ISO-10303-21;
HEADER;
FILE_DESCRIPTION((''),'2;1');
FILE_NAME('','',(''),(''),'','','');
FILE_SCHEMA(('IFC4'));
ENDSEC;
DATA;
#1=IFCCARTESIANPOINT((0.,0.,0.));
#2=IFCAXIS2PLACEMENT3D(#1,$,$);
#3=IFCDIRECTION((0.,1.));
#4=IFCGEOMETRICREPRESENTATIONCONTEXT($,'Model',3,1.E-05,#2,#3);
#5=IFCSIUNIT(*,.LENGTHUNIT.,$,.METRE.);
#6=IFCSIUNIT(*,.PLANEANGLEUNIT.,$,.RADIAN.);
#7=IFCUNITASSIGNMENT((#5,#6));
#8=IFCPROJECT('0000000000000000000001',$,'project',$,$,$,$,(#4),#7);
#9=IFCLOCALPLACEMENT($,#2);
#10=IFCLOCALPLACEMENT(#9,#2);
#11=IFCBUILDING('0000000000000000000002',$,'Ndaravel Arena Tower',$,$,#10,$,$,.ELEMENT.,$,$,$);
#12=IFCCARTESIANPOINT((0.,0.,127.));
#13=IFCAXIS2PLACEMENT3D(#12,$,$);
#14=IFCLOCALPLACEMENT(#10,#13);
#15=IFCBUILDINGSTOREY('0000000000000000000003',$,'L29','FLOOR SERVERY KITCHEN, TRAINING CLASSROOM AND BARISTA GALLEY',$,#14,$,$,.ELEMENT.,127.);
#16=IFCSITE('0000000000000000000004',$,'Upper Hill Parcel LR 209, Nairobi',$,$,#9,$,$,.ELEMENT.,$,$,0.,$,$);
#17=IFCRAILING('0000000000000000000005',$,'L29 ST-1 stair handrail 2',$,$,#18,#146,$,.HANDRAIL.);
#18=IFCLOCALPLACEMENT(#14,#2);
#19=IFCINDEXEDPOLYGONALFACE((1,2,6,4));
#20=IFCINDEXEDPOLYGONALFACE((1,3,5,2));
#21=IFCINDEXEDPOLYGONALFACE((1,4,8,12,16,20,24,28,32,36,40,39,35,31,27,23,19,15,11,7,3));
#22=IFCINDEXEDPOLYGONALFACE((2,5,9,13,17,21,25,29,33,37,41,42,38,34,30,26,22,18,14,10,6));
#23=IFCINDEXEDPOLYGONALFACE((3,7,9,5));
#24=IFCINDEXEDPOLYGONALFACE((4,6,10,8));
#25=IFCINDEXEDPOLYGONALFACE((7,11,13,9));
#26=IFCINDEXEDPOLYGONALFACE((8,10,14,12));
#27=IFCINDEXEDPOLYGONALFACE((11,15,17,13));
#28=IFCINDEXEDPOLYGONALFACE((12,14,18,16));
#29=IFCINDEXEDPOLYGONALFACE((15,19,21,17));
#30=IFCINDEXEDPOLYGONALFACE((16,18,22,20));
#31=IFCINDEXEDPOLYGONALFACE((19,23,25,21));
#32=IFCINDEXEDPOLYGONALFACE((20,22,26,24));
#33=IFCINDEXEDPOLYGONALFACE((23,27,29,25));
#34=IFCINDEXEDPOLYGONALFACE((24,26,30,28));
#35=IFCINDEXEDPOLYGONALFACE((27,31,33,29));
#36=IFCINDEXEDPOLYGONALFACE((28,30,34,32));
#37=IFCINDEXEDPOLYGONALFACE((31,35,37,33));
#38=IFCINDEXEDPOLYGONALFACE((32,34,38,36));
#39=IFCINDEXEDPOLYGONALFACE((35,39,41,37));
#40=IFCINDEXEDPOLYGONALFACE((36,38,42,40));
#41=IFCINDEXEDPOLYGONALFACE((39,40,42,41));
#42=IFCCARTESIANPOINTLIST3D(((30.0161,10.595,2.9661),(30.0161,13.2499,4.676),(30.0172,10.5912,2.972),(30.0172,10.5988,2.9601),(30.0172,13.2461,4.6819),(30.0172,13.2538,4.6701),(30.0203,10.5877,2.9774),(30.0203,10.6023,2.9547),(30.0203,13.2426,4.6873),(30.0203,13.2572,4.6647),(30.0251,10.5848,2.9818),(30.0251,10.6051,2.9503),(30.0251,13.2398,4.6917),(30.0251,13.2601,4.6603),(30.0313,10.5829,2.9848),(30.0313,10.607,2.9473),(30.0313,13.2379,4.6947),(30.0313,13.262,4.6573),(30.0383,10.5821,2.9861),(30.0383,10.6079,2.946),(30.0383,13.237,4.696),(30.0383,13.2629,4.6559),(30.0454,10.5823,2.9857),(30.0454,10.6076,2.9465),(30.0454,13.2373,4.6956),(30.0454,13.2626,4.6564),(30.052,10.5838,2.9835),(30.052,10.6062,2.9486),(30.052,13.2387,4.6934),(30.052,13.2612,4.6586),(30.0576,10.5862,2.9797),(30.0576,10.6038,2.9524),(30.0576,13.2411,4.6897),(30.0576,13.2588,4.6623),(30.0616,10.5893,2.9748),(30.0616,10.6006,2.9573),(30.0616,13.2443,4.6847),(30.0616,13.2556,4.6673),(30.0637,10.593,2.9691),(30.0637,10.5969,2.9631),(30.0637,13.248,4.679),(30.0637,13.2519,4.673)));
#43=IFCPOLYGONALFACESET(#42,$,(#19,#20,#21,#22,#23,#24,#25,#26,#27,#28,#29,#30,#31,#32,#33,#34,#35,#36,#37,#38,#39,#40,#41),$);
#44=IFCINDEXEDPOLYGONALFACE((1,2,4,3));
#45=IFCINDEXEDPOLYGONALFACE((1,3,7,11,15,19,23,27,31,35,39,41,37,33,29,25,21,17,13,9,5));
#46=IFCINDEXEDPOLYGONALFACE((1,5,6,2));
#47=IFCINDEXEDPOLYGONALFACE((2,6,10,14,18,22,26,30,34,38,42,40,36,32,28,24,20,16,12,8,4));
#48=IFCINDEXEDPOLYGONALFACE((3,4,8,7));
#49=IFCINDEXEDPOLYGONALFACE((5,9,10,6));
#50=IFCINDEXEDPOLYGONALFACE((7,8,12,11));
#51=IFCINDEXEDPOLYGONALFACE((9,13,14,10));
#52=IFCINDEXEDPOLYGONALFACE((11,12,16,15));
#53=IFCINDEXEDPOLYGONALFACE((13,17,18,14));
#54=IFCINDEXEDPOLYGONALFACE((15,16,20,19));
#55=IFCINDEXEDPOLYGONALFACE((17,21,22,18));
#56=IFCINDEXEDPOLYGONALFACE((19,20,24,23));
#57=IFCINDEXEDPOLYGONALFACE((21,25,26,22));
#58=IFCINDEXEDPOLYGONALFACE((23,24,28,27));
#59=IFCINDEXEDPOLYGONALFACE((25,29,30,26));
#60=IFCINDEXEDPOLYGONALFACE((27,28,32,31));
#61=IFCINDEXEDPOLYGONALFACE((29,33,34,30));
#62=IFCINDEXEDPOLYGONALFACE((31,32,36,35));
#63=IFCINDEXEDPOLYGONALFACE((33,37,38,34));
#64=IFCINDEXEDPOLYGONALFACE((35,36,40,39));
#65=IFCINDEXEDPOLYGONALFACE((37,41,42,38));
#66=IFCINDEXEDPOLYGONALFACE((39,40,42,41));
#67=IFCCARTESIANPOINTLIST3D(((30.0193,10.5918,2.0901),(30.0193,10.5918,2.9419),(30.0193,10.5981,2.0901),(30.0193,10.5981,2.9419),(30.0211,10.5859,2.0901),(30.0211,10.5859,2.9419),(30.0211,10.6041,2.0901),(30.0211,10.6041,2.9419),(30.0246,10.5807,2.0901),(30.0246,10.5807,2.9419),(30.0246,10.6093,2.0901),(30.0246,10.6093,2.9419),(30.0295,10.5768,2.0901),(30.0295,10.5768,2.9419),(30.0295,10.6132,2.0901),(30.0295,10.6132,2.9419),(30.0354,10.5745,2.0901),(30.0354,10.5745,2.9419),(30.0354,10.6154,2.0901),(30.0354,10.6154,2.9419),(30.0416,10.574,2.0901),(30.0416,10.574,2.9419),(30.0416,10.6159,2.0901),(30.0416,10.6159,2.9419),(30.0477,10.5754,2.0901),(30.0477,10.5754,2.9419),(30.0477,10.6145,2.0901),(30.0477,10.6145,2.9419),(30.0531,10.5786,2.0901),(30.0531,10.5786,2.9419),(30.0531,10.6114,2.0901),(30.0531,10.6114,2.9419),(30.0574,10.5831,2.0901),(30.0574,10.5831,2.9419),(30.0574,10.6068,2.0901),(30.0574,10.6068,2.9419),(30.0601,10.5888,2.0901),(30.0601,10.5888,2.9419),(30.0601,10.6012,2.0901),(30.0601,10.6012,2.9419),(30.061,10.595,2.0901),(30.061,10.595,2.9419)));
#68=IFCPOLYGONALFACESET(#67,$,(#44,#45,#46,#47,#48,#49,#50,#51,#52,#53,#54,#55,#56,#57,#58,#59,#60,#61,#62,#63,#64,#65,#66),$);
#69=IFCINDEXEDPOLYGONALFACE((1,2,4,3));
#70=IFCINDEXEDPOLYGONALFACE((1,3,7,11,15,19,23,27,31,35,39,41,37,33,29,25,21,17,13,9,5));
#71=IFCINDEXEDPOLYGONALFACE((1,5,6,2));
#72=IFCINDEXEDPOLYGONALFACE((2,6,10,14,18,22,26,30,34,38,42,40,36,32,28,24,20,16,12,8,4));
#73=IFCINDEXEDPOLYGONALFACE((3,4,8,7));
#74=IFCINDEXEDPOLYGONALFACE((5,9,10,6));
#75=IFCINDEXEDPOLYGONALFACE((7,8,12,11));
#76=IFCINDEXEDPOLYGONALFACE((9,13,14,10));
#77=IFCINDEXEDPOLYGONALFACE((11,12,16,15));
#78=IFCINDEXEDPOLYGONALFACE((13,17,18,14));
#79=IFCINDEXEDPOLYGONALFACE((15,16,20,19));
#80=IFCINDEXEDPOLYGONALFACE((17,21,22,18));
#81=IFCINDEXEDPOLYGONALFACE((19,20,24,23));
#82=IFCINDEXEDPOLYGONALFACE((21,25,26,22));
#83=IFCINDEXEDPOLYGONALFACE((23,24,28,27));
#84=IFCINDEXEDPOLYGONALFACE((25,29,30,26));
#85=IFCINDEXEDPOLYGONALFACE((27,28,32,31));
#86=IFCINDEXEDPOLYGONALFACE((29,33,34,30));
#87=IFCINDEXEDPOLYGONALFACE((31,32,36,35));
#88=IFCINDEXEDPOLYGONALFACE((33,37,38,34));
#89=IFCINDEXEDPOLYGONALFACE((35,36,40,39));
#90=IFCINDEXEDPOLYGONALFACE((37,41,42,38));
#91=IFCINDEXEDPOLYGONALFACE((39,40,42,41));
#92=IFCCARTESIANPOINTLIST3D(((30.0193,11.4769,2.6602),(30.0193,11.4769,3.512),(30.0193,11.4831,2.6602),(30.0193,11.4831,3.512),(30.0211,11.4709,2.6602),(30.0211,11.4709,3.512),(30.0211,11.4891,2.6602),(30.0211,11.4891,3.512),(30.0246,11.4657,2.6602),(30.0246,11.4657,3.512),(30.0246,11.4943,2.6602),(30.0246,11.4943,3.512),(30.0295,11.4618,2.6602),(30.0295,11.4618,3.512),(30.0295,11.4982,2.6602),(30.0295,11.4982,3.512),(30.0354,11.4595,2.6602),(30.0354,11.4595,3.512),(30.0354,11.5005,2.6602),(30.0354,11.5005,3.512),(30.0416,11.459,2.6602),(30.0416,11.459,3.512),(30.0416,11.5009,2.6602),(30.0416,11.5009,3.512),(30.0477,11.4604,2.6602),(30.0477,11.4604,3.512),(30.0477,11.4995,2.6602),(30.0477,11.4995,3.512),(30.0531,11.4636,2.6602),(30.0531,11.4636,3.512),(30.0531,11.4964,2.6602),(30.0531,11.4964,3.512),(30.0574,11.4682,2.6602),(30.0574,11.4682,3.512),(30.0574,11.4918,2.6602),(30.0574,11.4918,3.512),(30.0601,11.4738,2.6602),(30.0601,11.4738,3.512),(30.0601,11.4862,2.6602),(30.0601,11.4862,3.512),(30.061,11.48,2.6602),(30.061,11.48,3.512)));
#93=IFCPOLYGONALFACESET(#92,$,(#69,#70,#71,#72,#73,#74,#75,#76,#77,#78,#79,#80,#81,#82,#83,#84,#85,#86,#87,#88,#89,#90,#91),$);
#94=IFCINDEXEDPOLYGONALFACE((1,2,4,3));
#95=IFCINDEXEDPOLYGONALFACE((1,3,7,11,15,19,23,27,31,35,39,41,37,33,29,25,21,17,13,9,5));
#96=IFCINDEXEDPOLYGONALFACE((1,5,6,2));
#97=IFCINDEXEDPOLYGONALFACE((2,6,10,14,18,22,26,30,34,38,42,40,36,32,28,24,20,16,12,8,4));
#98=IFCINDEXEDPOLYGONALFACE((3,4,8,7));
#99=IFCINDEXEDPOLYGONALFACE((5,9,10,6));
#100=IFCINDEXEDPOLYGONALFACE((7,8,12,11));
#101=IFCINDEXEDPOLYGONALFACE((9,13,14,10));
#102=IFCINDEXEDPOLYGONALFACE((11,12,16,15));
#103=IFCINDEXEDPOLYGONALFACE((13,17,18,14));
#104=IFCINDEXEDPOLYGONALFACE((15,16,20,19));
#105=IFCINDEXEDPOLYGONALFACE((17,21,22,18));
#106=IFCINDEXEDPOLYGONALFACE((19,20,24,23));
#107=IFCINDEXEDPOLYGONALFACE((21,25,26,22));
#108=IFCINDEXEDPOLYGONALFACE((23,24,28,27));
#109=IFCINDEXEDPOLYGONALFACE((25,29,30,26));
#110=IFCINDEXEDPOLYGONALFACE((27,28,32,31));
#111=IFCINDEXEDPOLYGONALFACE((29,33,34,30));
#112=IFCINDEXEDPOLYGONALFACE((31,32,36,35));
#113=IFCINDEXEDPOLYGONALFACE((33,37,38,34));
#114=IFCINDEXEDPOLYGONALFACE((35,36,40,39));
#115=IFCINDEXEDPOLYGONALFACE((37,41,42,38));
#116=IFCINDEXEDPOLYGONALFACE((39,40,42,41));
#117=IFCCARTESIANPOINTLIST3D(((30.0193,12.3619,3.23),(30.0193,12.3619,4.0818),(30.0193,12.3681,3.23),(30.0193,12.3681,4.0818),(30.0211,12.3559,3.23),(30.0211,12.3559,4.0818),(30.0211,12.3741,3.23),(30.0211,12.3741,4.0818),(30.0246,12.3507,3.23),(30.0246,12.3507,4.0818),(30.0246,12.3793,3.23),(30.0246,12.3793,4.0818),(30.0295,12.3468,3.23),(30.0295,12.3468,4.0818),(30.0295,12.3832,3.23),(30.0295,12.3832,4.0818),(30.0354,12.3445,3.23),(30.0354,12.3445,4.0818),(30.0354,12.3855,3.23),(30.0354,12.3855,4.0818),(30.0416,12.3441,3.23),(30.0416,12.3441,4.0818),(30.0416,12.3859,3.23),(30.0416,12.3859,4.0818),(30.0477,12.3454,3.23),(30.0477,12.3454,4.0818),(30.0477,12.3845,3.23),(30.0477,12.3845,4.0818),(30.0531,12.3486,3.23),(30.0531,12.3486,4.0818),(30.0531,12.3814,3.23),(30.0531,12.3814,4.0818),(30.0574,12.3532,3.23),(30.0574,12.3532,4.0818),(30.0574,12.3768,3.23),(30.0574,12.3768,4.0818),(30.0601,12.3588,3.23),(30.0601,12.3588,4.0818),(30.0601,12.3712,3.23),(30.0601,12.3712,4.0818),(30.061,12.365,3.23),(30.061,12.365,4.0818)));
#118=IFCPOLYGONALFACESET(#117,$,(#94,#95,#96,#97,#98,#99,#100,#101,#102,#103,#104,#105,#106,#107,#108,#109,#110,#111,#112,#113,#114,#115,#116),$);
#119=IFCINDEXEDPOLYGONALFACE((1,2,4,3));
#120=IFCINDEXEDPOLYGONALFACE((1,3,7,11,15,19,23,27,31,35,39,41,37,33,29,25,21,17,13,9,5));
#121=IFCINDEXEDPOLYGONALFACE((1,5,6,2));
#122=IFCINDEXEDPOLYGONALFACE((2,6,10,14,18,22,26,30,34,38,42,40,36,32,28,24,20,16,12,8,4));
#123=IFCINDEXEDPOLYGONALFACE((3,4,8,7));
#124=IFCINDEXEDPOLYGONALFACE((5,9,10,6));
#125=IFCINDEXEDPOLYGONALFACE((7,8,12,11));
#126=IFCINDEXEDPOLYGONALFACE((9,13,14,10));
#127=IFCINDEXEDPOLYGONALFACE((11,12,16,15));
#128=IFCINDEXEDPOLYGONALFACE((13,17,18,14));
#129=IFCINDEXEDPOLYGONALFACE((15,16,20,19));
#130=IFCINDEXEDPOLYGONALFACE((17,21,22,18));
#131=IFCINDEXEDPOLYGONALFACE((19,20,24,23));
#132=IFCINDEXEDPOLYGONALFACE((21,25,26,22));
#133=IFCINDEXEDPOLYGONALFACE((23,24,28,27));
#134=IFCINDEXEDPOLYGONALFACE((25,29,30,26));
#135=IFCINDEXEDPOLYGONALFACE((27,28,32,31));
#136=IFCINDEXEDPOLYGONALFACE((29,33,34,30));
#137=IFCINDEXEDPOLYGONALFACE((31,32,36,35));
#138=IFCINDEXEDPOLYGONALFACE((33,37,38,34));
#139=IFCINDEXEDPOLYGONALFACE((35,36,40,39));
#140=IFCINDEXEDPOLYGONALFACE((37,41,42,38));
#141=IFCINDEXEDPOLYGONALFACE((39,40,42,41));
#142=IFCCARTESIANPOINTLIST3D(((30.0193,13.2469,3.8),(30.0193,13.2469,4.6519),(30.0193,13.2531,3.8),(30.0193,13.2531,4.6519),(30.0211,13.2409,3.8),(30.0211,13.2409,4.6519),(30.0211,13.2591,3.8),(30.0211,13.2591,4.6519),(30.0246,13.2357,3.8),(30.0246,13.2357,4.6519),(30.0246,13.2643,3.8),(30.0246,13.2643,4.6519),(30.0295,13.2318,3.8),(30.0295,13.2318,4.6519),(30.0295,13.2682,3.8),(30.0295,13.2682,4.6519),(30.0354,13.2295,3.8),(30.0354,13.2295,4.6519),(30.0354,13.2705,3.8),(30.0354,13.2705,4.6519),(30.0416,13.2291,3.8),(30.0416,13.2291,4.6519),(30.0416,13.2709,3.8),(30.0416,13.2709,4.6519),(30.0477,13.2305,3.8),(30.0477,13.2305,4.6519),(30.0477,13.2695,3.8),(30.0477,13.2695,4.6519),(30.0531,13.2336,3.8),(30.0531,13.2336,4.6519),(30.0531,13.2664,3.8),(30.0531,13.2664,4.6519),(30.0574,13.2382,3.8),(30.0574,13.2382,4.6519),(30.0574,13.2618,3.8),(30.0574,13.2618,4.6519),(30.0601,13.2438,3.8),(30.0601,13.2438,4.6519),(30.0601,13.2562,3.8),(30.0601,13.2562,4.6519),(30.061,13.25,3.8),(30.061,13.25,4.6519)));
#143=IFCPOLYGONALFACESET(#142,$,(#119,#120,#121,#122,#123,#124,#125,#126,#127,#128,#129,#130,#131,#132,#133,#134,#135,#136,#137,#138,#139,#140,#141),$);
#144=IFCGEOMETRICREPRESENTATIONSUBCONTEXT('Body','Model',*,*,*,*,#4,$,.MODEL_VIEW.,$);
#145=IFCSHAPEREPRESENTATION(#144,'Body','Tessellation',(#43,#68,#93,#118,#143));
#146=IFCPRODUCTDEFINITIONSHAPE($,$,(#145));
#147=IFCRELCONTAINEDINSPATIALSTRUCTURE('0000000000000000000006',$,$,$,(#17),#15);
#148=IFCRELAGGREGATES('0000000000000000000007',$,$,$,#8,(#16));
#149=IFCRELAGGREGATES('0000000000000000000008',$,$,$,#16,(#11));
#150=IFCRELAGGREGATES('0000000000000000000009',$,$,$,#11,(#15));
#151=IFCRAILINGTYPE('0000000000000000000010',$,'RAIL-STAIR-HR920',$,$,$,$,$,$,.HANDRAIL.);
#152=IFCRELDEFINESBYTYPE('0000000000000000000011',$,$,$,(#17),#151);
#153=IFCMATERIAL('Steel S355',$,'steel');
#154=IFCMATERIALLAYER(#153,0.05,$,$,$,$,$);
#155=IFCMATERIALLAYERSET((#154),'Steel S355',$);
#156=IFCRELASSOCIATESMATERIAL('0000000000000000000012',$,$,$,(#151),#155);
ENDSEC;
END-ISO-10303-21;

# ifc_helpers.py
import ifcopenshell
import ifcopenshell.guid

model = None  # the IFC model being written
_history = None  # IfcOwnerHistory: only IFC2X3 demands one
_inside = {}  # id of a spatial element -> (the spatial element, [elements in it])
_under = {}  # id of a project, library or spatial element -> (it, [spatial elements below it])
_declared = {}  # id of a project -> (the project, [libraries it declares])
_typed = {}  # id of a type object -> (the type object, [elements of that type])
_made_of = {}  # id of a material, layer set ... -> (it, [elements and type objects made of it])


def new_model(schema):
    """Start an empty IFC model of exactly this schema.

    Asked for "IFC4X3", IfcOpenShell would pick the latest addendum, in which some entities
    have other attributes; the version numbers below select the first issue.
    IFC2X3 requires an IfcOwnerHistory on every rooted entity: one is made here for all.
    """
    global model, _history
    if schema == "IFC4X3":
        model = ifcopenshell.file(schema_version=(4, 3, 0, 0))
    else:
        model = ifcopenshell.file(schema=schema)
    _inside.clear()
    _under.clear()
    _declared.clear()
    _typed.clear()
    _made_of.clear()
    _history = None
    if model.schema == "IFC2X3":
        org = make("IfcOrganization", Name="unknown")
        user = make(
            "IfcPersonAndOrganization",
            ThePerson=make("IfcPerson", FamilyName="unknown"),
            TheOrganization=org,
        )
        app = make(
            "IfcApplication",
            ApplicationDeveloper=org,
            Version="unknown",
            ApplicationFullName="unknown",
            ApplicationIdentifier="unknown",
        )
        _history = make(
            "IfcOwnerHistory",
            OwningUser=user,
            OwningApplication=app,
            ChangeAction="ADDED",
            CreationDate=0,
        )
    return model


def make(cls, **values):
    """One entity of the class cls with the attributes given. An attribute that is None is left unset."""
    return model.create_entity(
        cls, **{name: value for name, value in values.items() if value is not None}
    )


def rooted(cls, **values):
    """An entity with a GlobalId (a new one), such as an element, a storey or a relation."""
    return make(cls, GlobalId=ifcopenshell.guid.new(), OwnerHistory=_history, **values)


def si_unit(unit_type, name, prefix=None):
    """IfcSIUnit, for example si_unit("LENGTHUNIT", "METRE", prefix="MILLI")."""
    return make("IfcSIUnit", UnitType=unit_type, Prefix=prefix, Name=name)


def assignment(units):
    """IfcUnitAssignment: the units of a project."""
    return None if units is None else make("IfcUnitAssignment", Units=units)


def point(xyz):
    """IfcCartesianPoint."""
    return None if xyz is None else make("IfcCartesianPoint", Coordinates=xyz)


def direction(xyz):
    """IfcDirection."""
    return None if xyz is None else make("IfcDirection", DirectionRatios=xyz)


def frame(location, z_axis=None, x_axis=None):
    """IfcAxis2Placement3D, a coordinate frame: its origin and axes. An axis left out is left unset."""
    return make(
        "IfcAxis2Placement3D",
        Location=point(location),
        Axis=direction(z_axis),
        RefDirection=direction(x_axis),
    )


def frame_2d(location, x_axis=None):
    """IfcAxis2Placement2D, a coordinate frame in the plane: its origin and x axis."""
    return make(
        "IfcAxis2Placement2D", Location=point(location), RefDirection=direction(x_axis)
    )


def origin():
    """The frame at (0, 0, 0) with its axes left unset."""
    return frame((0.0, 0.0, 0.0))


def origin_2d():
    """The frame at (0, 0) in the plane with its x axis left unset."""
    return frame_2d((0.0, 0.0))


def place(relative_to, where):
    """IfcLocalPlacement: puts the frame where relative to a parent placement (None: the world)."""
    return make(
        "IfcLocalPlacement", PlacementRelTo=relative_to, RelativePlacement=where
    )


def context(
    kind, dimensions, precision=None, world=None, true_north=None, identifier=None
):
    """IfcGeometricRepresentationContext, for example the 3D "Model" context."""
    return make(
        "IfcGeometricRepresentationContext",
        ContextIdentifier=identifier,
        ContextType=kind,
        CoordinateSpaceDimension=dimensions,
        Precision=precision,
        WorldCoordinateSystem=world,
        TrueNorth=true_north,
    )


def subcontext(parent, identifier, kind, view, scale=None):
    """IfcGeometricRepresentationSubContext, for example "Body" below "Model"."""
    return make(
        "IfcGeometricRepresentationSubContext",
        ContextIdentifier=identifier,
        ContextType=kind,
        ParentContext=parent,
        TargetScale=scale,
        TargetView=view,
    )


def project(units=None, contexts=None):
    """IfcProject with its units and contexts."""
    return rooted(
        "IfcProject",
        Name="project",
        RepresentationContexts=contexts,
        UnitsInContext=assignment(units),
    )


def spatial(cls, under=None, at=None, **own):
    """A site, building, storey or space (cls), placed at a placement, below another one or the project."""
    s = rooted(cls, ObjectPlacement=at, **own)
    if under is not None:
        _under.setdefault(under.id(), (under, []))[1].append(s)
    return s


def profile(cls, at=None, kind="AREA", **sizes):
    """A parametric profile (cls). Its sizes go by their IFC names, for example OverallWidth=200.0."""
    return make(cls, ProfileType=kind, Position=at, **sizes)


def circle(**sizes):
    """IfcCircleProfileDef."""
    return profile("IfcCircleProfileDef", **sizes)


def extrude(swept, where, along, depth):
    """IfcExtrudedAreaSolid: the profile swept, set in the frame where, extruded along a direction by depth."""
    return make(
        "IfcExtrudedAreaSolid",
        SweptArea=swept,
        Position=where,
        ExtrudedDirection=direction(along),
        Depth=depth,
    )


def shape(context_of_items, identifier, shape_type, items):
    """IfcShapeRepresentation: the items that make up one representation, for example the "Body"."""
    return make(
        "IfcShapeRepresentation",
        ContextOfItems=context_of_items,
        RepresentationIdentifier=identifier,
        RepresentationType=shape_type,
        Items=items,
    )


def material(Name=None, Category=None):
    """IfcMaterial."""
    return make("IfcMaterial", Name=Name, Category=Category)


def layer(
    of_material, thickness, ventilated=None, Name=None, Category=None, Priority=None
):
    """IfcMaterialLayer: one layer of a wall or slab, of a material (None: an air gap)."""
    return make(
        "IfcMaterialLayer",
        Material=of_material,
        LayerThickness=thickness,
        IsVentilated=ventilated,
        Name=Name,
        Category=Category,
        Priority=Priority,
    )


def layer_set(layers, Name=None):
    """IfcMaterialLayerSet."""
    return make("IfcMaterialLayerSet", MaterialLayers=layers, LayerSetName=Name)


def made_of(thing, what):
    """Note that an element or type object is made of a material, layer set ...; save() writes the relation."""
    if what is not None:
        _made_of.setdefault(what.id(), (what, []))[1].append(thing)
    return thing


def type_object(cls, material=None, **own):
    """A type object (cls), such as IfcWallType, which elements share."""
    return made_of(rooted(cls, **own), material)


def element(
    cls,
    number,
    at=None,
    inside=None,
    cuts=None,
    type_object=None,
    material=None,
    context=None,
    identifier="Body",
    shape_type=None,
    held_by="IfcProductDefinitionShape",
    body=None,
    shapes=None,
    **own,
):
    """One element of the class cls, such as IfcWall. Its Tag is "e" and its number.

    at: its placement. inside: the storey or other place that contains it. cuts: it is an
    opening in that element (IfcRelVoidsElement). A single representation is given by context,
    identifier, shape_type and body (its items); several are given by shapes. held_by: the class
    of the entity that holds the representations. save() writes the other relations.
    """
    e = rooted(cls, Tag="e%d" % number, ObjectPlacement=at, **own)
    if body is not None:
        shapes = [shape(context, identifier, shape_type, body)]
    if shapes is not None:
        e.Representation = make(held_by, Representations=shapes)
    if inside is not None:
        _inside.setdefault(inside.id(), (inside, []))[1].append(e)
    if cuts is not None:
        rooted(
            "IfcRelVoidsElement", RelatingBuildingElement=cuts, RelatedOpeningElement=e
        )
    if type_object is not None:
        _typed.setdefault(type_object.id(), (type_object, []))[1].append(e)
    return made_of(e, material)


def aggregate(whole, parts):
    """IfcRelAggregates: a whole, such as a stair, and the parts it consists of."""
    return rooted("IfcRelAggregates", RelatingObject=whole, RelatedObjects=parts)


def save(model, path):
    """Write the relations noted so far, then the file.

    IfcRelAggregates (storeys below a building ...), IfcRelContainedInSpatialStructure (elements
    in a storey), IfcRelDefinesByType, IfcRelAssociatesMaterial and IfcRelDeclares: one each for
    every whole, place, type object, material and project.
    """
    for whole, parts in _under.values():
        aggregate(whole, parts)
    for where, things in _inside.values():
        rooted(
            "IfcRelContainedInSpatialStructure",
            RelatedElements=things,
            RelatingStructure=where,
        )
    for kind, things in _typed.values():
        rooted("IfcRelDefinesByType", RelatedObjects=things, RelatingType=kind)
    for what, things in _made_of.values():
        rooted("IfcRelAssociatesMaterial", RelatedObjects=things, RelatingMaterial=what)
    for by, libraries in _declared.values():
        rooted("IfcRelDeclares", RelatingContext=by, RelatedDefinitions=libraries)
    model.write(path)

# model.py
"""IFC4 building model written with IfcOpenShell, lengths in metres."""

from ifc_helpers import new_model, si_unit, direction, frame, origin, origin_2d, place, context, subcontext, project, spatial, circle, extrude, material, layer, layer_set, type_object, element, save


model = new_model("IFC4")

# Units and contexts
model_context = context("Model", 3, precision=1e-05, world=origin(), true_north=direction((0.0, 1.0)))
body_context = subcontext(model_context, "Body", "Model", "MODEL_VIEW")
ifc_project = project(units=[si_unit("LENGTHUNIT", "METRE"), si_unit("PLANEANGLEUNIT", "RADIAN")], contexts=[model_context])

# Site, building, storey
site_placement = place(None, origin())
site = spatial("IfcSite", under=ifc_project, at=site_placement, Name="Upper Hill Parcel LR 209, Nairobi", CompositionType="ELEMENT", RefElevation=0.0)
building_placement = place(site_placement, origin())
building = spatial("IfcBuilding", under=site, at=building_placement, Name="Ndaravel Arena Tower", CompositionType="ELEMENT")
storey_placement = place(building_placement, frame((0.0, 0.0, 127.0)))
storey = spatial("IfcBuildingStorey", under=building, at=storey_placement, Name="L29", Description="FLOOR SERVERY KITCHEN, TRAINING CLASSROOM AND BARISTA GALLEY", CompositionType="ELEMENT", Elevation=127.0)

# Railing
ifc_material_1 = material(Name="Steel S355", Category="steel")
ifc_layer_1 = layer(ifc_material_1, 0.05)
ifc_layer_set_1 = layer_set([ifc_layer_1], Name="Steel S355")
railing_type_1 = type_object("IfcRailingType", Name="RAIL-STAIR-HR920", PredefinedType="HANDRAIL", material=ifc_layer_set_1)
railing_1_placement = place(storey_placement, frame((30.04, 10.595, 2.0901)))
element("IfcRailing", 1, at=railing_1_placement, inside=storey, type_object=railing_type_1, Name="L29 ST-1 stair handrail 2", PredefinedType="HANDRAIL", context=body_context, shape_type="SweptSolid", body=[
    extrude(circle(Radius=0.0239, at=origin_2d()), frame((0.0, 0.0, 0.876), z_axis=(0.0, 0.840724, 0.541465), x_axis=(-1.0, 0.0, 0.0)), (0.0, 0.0, 1.0), 3.158),
    extrude(circle(Radius=0.021, at=origin_2d()), origin(), (0.0, 0.0, 1.0), 0.8518),
    extrude(circle(Radius=0.021, at=origin_2d()), frame((0.0, 0.885, 0.5701)), (0.0, 0.0, 1.0), 0.8518),
    extrude(circle(Radius=0.021, at=origin_2d()), frame((0.0, 1.77, 1.1399)), (0.0, 0.0, 1.0), 0.8518),
    extrude(circle(Radius=0.021, at=origin_2d()), frame((0.0, 2.655, 1.71)), (0.0, 0.0, 1.0), 0.8518),
])

save(model, "model.ifc")
